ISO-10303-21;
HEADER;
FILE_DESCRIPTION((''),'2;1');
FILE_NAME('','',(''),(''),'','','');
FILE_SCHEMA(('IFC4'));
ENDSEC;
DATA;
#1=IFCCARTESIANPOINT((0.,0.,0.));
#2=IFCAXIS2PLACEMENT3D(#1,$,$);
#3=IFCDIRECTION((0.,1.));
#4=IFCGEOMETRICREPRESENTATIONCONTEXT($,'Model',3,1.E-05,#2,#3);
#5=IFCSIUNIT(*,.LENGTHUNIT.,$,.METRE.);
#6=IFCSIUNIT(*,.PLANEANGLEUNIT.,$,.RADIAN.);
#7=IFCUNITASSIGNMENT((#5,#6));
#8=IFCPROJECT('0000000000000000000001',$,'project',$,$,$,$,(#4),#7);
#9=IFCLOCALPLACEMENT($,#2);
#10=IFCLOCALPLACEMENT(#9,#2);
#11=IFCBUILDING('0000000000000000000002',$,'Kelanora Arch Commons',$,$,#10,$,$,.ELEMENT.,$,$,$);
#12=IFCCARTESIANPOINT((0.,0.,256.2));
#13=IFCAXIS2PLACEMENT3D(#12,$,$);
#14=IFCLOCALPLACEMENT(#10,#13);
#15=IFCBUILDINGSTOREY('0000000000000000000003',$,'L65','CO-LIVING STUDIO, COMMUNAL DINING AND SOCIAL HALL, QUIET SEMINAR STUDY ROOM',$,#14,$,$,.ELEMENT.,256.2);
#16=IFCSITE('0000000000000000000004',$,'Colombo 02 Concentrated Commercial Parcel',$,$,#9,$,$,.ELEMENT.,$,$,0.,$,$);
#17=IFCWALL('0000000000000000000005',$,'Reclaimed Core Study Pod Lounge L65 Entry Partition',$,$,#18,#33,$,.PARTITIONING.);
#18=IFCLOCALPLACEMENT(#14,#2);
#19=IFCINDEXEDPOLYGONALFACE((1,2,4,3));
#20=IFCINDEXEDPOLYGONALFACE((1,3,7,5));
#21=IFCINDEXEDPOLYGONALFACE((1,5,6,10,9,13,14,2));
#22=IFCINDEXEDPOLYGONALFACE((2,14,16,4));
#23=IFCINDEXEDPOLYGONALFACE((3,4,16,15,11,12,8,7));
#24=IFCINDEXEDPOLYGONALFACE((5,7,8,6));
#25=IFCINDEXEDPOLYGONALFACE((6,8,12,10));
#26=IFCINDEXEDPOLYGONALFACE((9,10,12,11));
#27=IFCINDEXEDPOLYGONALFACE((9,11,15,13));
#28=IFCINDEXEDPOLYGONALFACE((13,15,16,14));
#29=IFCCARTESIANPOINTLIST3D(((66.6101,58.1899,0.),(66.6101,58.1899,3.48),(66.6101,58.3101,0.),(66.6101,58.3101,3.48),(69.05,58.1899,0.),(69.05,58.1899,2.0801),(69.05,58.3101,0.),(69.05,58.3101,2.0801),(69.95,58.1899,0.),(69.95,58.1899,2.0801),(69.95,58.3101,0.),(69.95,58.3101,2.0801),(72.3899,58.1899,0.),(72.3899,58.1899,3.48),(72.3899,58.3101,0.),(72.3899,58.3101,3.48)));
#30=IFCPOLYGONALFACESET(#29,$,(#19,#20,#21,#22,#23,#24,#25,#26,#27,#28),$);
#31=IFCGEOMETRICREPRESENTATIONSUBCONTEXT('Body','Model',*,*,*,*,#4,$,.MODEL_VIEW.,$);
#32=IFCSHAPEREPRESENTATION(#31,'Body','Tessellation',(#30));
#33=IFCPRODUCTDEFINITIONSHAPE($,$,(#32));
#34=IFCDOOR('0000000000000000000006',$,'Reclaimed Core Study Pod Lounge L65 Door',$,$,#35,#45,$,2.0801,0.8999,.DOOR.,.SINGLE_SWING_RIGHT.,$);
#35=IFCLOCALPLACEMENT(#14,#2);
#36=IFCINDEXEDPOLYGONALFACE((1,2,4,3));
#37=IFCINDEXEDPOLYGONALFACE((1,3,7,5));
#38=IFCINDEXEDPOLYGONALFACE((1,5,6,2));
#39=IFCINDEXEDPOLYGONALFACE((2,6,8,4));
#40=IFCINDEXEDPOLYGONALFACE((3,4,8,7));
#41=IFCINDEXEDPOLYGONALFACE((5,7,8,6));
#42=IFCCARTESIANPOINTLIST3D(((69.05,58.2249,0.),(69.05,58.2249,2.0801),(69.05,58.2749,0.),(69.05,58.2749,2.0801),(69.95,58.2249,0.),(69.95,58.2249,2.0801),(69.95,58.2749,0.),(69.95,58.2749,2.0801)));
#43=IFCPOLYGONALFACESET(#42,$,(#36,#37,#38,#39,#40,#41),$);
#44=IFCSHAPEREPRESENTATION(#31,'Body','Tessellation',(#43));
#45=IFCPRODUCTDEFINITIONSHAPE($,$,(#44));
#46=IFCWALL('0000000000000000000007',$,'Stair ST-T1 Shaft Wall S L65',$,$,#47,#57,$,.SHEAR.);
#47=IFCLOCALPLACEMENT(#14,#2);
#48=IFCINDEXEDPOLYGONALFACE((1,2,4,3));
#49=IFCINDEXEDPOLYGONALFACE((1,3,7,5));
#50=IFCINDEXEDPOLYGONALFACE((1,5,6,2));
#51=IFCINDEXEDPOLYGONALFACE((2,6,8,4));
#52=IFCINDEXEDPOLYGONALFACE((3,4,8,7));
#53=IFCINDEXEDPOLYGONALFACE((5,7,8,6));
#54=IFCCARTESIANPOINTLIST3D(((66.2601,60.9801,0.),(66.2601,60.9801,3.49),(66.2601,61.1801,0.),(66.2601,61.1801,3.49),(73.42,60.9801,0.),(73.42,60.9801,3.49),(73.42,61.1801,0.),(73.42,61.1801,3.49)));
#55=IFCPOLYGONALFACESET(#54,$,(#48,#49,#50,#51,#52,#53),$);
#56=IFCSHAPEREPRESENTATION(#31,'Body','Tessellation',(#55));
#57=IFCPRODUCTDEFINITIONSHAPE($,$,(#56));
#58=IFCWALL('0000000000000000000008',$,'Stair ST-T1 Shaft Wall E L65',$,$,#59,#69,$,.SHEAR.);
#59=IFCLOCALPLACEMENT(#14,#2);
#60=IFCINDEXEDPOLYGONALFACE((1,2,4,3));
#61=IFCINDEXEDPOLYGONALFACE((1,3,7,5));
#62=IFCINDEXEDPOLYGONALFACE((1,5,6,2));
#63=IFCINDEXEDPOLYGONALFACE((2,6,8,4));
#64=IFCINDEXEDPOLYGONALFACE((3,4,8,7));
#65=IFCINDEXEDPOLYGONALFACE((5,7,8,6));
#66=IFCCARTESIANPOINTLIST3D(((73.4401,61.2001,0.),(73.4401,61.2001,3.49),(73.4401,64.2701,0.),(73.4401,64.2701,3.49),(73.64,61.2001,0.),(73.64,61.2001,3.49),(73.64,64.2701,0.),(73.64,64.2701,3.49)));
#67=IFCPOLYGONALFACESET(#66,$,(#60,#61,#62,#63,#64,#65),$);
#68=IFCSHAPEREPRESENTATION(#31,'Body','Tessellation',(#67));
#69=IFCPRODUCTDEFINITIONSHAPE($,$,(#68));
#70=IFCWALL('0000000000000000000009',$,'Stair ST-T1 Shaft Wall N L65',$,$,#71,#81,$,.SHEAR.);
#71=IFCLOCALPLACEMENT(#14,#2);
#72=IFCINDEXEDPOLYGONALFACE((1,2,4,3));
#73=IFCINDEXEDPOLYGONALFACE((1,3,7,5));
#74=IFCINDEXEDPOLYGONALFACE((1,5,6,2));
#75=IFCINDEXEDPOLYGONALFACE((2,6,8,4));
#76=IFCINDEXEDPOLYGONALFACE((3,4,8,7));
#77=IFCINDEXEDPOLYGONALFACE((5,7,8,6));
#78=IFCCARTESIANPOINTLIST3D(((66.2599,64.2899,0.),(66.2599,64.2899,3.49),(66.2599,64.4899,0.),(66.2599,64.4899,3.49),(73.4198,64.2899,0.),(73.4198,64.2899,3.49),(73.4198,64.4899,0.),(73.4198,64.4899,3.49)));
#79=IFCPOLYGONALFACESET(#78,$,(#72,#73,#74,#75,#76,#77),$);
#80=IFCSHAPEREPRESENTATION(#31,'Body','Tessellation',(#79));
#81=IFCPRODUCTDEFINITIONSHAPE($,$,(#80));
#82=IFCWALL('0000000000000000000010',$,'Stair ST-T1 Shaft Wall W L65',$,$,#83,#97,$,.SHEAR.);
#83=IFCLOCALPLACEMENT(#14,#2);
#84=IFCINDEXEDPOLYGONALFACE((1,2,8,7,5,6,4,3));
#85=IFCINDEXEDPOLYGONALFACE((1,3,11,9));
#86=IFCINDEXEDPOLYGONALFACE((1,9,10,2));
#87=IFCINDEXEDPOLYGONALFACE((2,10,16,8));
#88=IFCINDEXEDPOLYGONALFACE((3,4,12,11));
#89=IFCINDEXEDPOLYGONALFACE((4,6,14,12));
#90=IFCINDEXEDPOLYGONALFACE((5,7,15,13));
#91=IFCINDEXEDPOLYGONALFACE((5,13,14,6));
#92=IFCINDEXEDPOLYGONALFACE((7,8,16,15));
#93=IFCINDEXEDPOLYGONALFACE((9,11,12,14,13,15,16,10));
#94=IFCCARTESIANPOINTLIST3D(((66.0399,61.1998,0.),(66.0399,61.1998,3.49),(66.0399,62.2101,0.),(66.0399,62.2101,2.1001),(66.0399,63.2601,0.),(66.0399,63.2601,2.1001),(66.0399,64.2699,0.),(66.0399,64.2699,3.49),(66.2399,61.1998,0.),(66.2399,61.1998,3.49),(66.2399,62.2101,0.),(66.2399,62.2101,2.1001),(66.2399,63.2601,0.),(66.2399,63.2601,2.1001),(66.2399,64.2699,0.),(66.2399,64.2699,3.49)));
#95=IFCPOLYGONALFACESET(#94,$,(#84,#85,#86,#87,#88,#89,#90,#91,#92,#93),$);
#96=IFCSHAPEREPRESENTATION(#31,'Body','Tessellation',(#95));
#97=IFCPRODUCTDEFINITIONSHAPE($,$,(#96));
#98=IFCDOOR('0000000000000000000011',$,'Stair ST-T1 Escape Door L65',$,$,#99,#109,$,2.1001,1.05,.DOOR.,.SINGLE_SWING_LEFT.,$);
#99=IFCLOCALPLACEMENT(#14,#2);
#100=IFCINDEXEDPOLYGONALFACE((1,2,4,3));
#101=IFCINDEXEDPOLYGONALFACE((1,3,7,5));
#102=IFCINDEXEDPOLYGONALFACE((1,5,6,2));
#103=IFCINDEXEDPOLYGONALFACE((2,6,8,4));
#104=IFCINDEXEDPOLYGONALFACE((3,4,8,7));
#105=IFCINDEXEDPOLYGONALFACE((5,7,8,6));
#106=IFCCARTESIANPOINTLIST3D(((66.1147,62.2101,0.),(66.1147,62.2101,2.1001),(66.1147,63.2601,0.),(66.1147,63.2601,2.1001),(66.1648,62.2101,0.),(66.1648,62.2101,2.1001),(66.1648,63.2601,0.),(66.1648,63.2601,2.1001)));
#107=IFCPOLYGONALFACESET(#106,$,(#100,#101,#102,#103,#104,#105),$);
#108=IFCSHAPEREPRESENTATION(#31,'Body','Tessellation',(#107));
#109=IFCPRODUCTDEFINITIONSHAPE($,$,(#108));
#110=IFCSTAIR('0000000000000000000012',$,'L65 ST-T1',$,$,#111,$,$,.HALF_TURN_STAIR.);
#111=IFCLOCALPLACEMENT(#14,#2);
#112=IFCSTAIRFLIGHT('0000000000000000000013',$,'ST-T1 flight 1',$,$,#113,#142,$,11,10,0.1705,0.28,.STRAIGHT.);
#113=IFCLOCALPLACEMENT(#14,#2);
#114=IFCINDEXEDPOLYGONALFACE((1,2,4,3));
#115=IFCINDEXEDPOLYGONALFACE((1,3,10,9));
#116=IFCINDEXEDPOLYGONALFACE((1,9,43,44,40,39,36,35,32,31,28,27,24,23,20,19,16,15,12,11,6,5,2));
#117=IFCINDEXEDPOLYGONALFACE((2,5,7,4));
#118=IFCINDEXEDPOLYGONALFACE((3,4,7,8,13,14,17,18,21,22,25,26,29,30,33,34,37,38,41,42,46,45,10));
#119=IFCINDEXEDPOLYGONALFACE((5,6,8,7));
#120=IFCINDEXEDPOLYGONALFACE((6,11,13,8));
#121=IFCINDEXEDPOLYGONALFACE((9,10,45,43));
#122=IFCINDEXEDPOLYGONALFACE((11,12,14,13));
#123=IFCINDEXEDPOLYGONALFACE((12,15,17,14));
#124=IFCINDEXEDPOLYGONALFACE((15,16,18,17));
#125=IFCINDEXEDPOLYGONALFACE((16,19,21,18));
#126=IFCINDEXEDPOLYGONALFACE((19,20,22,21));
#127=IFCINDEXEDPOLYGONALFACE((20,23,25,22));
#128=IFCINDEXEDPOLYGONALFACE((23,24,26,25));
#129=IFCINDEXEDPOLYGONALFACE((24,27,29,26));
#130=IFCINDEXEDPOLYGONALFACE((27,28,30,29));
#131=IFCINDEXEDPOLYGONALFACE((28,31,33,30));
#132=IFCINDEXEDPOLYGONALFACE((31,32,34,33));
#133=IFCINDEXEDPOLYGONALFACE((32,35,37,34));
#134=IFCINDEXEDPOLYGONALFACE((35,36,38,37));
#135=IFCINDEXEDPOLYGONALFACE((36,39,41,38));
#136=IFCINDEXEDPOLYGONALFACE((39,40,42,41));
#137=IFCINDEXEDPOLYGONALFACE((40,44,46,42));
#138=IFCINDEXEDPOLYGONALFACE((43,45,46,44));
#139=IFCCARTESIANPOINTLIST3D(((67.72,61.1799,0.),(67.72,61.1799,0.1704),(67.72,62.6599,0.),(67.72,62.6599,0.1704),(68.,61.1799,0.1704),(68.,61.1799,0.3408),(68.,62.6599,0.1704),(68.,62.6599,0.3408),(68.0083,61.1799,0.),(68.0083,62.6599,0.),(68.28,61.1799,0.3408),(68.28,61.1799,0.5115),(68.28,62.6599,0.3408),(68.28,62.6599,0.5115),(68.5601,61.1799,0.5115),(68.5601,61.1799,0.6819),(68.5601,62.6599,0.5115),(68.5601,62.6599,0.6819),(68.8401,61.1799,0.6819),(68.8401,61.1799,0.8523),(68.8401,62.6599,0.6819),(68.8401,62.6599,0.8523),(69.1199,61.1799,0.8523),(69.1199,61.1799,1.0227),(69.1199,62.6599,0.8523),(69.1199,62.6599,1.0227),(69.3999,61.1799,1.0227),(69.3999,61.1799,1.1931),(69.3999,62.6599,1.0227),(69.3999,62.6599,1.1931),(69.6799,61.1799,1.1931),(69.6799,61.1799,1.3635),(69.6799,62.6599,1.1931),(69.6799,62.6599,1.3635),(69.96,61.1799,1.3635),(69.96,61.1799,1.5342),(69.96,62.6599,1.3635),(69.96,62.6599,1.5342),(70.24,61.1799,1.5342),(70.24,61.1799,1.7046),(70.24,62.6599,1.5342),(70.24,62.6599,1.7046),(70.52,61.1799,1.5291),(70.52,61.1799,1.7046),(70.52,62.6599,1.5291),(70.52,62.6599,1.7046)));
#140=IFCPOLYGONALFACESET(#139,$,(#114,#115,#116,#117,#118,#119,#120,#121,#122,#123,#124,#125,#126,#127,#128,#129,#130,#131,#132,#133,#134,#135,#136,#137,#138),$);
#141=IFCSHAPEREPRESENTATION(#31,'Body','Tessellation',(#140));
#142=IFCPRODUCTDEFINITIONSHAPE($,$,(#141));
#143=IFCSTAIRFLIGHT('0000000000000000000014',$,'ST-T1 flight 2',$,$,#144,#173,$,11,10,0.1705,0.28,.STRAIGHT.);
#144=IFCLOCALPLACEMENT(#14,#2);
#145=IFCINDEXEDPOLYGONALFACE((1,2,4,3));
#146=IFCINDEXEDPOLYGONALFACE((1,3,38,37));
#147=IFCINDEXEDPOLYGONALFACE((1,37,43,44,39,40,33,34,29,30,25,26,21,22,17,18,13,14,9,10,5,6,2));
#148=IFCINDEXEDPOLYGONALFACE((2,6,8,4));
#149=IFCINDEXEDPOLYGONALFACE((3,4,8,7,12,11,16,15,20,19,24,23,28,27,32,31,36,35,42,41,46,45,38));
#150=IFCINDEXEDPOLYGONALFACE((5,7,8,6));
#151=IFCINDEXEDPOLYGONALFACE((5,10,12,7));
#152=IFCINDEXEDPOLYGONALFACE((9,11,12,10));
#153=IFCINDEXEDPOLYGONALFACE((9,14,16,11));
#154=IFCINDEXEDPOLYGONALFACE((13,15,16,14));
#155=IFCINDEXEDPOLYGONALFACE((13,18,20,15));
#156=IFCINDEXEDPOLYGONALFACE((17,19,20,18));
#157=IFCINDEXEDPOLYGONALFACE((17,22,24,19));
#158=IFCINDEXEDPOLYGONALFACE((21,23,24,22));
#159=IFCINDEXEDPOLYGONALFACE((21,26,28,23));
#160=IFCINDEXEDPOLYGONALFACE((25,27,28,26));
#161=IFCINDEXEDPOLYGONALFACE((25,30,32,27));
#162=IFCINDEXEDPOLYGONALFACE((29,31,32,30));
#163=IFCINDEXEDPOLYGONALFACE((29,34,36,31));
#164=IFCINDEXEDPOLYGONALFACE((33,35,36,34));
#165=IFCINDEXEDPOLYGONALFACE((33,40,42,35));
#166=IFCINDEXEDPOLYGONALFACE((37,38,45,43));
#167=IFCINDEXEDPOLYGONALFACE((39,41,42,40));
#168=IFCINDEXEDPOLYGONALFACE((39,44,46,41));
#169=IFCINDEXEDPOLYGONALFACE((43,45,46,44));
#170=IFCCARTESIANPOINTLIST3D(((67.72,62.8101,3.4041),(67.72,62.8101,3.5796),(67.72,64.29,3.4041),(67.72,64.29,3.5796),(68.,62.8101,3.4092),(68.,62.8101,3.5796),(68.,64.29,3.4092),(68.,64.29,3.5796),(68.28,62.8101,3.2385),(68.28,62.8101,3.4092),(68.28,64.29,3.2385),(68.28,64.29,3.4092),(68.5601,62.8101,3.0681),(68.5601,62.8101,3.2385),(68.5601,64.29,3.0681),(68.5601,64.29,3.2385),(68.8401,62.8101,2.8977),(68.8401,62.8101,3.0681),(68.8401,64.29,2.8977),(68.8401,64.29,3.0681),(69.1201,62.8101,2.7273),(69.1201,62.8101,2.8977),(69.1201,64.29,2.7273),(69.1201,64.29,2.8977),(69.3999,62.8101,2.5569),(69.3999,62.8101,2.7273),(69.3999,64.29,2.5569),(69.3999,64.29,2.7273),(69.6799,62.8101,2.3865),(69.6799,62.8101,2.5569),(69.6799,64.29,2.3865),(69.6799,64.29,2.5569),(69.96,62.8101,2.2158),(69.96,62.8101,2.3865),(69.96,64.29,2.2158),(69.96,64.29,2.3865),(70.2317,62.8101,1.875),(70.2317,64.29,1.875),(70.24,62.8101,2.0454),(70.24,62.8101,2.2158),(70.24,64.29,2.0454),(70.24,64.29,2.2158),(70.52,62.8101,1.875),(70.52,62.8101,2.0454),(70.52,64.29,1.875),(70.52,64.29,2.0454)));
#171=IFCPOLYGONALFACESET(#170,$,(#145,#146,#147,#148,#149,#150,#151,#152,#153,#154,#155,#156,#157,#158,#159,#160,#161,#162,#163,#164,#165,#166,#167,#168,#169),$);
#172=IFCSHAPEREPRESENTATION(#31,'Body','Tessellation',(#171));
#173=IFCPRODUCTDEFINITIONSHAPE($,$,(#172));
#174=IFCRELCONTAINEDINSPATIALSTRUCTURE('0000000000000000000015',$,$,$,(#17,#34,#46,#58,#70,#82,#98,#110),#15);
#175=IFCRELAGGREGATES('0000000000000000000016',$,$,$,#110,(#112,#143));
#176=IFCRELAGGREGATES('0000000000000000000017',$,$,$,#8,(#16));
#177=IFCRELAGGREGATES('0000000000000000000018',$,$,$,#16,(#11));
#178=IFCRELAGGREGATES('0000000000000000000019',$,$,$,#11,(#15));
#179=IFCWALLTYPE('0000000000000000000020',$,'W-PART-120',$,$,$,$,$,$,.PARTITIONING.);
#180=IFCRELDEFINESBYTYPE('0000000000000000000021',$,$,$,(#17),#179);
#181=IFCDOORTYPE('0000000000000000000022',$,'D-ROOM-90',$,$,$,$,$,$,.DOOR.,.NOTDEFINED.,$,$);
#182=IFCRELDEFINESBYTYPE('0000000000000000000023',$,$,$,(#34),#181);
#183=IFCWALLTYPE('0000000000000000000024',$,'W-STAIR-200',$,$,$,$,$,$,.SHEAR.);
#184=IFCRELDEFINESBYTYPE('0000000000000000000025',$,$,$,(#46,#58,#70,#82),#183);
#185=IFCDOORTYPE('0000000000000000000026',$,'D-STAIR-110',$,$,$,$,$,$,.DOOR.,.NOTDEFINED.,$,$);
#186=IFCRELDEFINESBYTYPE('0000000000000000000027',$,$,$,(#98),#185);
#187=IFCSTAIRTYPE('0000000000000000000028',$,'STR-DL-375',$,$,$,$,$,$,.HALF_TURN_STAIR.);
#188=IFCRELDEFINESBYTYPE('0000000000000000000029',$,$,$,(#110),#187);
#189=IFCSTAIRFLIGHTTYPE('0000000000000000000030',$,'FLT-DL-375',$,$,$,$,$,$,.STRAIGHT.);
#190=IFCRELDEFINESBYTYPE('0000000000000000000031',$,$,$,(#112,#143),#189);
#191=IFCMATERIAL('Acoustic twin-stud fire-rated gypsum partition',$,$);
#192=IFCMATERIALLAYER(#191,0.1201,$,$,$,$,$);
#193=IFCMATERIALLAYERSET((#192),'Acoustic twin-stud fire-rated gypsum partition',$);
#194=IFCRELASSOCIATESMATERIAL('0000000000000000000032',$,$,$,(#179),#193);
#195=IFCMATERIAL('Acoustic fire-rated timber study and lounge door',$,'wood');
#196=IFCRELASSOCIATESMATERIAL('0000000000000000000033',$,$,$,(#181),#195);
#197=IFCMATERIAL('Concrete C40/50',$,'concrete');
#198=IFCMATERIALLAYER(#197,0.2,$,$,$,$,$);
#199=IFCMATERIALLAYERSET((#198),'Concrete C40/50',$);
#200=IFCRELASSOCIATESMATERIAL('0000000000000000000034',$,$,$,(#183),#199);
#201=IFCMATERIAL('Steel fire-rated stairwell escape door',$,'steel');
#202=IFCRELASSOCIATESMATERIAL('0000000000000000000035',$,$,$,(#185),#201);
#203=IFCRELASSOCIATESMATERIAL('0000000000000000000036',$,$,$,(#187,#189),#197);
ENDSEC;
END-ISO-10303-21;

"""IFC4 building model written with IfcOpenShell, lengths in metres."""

from ifc_helpers import new_model, si_unit, direction, frame, frame_2d, origin, place, context, subcontext, project, spatial, polyline, rectangle, outline, extrude, material, layer, layer_set, type_object, element, fill, aggregate, save


model = new_model("IFC4")

# Units and contexts
model_context = context("Model", 3, precision=1e-05, world=origin(), true_north=direction((0.0, 1.0)))
body_context = subcontext(model_context, "Body", "Model", "MODEL_VIEW")
ifc_project = project(units=[si_unit("LENGTHUNIT", "METRE"), si_unit("PLANEANGLEUNIT", "RADIAN")], contexts=[model_context])

# Site, building, storey
site_placement = place(None, origin())
site = spatial("IfcSite", under=ifc_project, at=site_placement, Name="Colombo 02 Concentrated Commercial Parcel", CompositionType="ELEMENT", RefElevation=0.0)
building_placement = place(site_placement, origin())
building = spatial("IfcBuilding", under=site, at=building_placement, Name="Kelanora Arch Commons", CompositionType="ELEMENT")
storey_placement = place(building_placement, frame((0.0, 0.0, 256.2)))
storey = spatial("IfcBuildingStorey", under=building, at=storey_placement, Name="L65", Description="CO-LIVING STUDIO, COMMUNAL DINING AND SOCIAL HALL, QUIET SEMINAR STUDY ROOM", CompositionType="ELEMENT", Elevation=256.2)

# Wall, opening, door
ifc_material_1 = material(Name="Acoustic twin-stud fire-rated gypsum partition")
ifc_layer_1 = layer(ifc_material_1, 0.1201)
ifc_layer_set_1 = layer_set([ifc_layer_1], Name="Acoustic twin-stud fire-rated gypsum partition")
wall_type_1 = type_object("IfcWallType", Name="W-PART-120", PredefinedType="PARTITIONING", material=ifc_layer_set_1)
wall_1_placement = place(storey_placement, frame((66.6101, 58.25, 0.0), z_axis=(0.0, 0.0, 1.0), x_axis=(1.0, 0.0, 0.0)))
wall_1 = element("IfcWall", 1, at=wall_1_placement, inside=storey, type_object=wall_type_1, Name="Reclaimed Core Study Pod Lounge L65 Entry Partition", PredefinedType="PARTITIONING", context=body_context, shape_type="SweptSolid", body=[
    extrude(rectangle(XDim=5.7798, YDim=0.1201, at=frame_2d((2.8899, 0.0))), origin(), (0.0, 0.0, 1.0), 3.48),
])
opening_1_placement = place(wall_1_placement, frame((2.4399, 0.0, 0.0)))
opening_1 = element("IfcOpeningElement", 2, at=opening_1_placement, cuts=wall_1, PredefinedType="OPENING", context=body_context, shape_type="SweptSolid", body=[
    extrude(rectangle(XDim=0.8999, YDim=2.0801, at=frame_2d((0.45, 1.04))), frame((0.0, 0.0701, 0.0), z_axis=(0.0, -1.0, 0.0), x_axis=(1.0, 0.0, 0.0)), (0.0, 0.0, 1.0), 0.1401),
])
ifc_material_2 = material(Name="Acoustic fire-rated timber study and lounge door", Category="wood")
door_type_1 = type_object("IfcDoorType", Name="D-ROOM-90", OperationType="NOTDEFINED", PredefinedType="DOOR", material=ifc_material_2)
door_1_placement = place(opening_1_placement, origin())
door_1 = element("IfcDoor", 3, at=door_1_placement, inside=storey, type_object=door_type_1, Name="Reclaimed Core Study Pod Lounge L65 Door", OperationType="SINGLE_SWING_RIGHT", OverallHeight=2.0801, OverallWidth=0.8999, PredefinedType="DOOR", context=body_context, shape_type="SweptSolid", body=[
    extrude(rectangle(XDim=0.8999, YDim=2.0801, at=frame_2d((0.45, 1.04))), frame((0.0, 0.0249, 0.0), z_axis=(0.0, -1.0, 0.0), x_axis=(1.0, 0.0, 0.0)), (0.0, 0.0, 1.0), 0.05),
])
fill(opening_1, door_1)

# Walls
ifc_material_3 = material(Name="Concrete C40/50", Category="concrete")
ifc_layer_2 = layer(ifc_material_3, 0.2)
ifc_layer_set_2 = layer_set([ifc_layer_2], Name="Concrete C40/50")
wall_type_2 = type_object("IfcWallType", Name="W-STAIR-200", PredefinedType="SHEAR", material=ifc_layer_set_2)
wall_2_placement = place(storey_placement, frame((66.26, 61.0801, 0.0), z_axis=(0.0, 0.0, 1.0), x_axis=(1.0, 0.0, 0.0)))
element("IfcWall", 4, at=wall_2_placement, inside=storey, type_object=wall_type_2, Name="Stair ST-T1 Shaft Wall S L65", PredefinedType="SHEAR", context=body_context, shape_type="SweptSolid", body=[
    extrude(rectangle(XDim=7.1599, YDim=0.2, at=frame_2d((3.5801, 0.0))), origin(), (0.0, 0.0, 1.0), 3.49),
])
wall_3_placement = place(storey_placement, frame((73.54, 61.2, 0.0), z_axis=(0.0, 0.0, 1.0), x_axis=(0.0, 1.0, 0.0)))
element("IfcWall", 5, at=wall_3_placement, inside=storey, type_object=wall_type_2, Name="Stair ST-T1 Shaft Wall E L65", PredefinedType="SHEAR", context=body_context, shape_type="SweptSolid", body=[
    extrude(rectangle(XDim=3.0701, YDim=0.2, at=frame_2d((1.5352, 0.0))), origin(), (0.0, 0.0, 1.0), 3.49),
])
wall_4_placement = place(storey_placement, frame((73.4199, 64.3899, 0.0), z_axis=(0.0, 0.0, 1.0), x_axis=(-1.0, 0.0, 0.0)))
element("IfcWall", 6, at=wall_4_placement, inside=storey, type_object=wall_type_2, Name="Stair ST-T1 Shaft Wall N L65", PredefinedType="SHEAR", context=body_context, shape_type="SweptSolid", body=[
    extrude(rectangle(XDim=7.1599, YDim=0.2, at=frame_2d((3.5801, 0.0))), origin(), (0.0, 0.0, 1.0), 3.49),
])

# Wall, opening, door
wall_5_placement = place(storey_placement, frame((66.1399, 64.27, 0.0), z_axis=(0.0, 0.0, 1.0), x_axis=(0.0, -1.0, 0.0)))
wall_5 = element("IfcWall", 7, at=wall_5_placement, inside=storey, type_object=wall_type_2, Name="Stair ST-T1 Shaft Wall W L65", PredefinedType="SHEAR", context=body_context, shape_type="SweptSolid", body=[
    extrude(rectangle(XDim=3.0701, YDim=0.2, at=frame_2d((1.5352, 0.0))), origin(), (0.0, 0.0, 1.0), 3.49),
])
opening_2_placement = place(wall_5_placement, frame((1.01, 0.0, 0.0)))
opening_2 = element("IfcOpeningElement", 8, at=opening_2_placement, cuts=wall_5, PredefinedType="OPENING", context=body_context, shape_type="SweptSolid", body=[
    extrude(rectangle(XDim=1.05, YDim=2.1001, at=frame_2d((0.5249, 1.05))), frame((0.0, 0.1099, 0.0), z_axis=(0.0, -1.0, 0.0), x_axis=(1.0, 0.0, 0.0)), (0.0, 0.0, 1.0), 0.22),
])
ifc_material_4 = material(Name="Steel fire-rated stairwell escape door", Category="steel")
door_type_2 = type_object("IfcDoorType", Name="D-STAIR-110", OperationType="NOTDEFINED", PredefinedType="DOOR", material=ifc_material_4)
door_2_placement = place(opening_2_placement, origin())
door_2 = element("IfcDoor", 9, at=door_2_placement, inside=storey, type_object=door_type_2, Name="Stair ST-T1 Escape Door L65", OperationType="SINGLE_SWING_LEFT", OverallHeight=2.1001, OverallWidth=1.05, PredefinedType="DOOR", context=body_context, shape_type="SweptSolid", body=[
    extrude(rectangle(XDim=1.05, YDim=2.1001, at=frame_2d((0.5249, 1.05))), frame((0.0, 0.0249, 0.0), z_axis=(0.0, -1.0, 0.0), x_axis=(1.0, 0.0, 0.0)), (0.0, 0.0, 1.0), 0.05),
])
fill(opening_2, door_2)

# Stair, stair flights
stair_type = type_object("IfcStairType", Name="STR-DL-375", PredefinedType="HALF_TURN_STAIR", material=ifc_material_3)
stair_placement = place(storey_placement, origin())
stair = element("IfcStair", 10, at=stair_placement, inside=storey, type_object=stair_type, Name="L65 ST-T1", PredefinedType="HALF_TURN_STAIR")
stair_flight_type = type_object("IfcStairFlightType", Name="FLT-DL-375", PredefinedType="STRAIGHT", material=ifc_material_3)
stair_flight_1_placement = place(storey_placement, frame((67.72, 61.9199, 0.0), z_axis=(0.0, 0.0, 1.0), x_axis=(1.0, 0.0, 0.0)))
stair_flight_1 = element("IfcStairFlight", 11, at=stair_flight_1_placement, type_object=stair_flight_type, Name="ST-T1 flight 1", NumberOfRisers=11, NumberOfTreads=10, PredefinedType="STRAIGHT", RiserHeight=0.1705, TreadLength=0.28, context=body_context, shape_type="SweptSolid", body=[
    extrude(outline(polyline([(0.0, 0.0), (0.0, 0.1704), (0.28, 0.1704), (0.28, 0.3408), (0.5601, 0.3408), (0.5601, 0.5115), (0.8401, 0.5115), (0.8401, 0.6819), (1.1201, 0.6819), (1.1201, 0.8523), (1.3999, 0.8523), (1.3999, 1.0227), (1.6799, 1.0227), (1.6799, 1.1931), (1.96, 1.1931), (1.96, 1.3635), (2.24, 1.3635), (2.24, 1.5342), (2.52, 1.5342), (2.52, 1.7046), (2.8, 1.7046), (2.8, 1.875), (2.8, 1.5291), (0.2883, 0.0), (0.0, 0.0)])), frame((0.0, 0.74, 0.0), z_axis=(0.0, -1.0, 0.0), x_axis=(1.0, 0.0, 0.0)), (0.0, 0.0, 1.0), 1.48),
])
stair_flight_2_placement = place(storey_placement, frame((70.52, 63.55, 1.875), z_axis=(0.0, 0.0, 1.0), x_axis=(-1.0, 0.0, 0.0)))
stair_flight_2 = element("IfcStairFlight", 12, at=stair_flight_2_placement, type_object=stair_flight_type, Name="ST-T1 flight 2", NumberOfRisers=11, NumberOfTreads=10, PredefinedType="STRAIGHT", RiserHeight=0.1705, TreadLength=0.28, context=body_context, shape_type="SweptSolid", body=[
    extrude(outline(polyline([(0.0, 0.0), (0.0, 0.1704), (0.28, 0.1704), (0.28, 0.3408), (0.5601, 0.3408), (0.5601, 0.5115), (0.8401, 0.5115), (0.8401, 0.6819), (1.1201, 0.6819), (1.1201, 0.8523), (1.3999, 0.8523), (1.3999, 1.0227), (1.6799, 1.0227), (1.6799, 1.1931), (1.96, 1.1931), (1.96, 1.3635), (2.24, 1.3635), (2.24, 1.5342), (2.52, 1.5342), (2.52, 1.7046), (2.8, 1.7046), (2.8, 1.875), (2.8, 1.5291), (0.2883, 0.0), (0.0, 0.0)])), frame((0.0, 0.74, 0.0), z_axis=(0.0, -1.0, 0.0), x_axis=(1.0, 0.0, 0.0)), (0.0, 0.0, 1.0), 1.48),
])
aggregate(stair, [stair_flight_1, stair_flight_2])

save(model, "model.ifc")
